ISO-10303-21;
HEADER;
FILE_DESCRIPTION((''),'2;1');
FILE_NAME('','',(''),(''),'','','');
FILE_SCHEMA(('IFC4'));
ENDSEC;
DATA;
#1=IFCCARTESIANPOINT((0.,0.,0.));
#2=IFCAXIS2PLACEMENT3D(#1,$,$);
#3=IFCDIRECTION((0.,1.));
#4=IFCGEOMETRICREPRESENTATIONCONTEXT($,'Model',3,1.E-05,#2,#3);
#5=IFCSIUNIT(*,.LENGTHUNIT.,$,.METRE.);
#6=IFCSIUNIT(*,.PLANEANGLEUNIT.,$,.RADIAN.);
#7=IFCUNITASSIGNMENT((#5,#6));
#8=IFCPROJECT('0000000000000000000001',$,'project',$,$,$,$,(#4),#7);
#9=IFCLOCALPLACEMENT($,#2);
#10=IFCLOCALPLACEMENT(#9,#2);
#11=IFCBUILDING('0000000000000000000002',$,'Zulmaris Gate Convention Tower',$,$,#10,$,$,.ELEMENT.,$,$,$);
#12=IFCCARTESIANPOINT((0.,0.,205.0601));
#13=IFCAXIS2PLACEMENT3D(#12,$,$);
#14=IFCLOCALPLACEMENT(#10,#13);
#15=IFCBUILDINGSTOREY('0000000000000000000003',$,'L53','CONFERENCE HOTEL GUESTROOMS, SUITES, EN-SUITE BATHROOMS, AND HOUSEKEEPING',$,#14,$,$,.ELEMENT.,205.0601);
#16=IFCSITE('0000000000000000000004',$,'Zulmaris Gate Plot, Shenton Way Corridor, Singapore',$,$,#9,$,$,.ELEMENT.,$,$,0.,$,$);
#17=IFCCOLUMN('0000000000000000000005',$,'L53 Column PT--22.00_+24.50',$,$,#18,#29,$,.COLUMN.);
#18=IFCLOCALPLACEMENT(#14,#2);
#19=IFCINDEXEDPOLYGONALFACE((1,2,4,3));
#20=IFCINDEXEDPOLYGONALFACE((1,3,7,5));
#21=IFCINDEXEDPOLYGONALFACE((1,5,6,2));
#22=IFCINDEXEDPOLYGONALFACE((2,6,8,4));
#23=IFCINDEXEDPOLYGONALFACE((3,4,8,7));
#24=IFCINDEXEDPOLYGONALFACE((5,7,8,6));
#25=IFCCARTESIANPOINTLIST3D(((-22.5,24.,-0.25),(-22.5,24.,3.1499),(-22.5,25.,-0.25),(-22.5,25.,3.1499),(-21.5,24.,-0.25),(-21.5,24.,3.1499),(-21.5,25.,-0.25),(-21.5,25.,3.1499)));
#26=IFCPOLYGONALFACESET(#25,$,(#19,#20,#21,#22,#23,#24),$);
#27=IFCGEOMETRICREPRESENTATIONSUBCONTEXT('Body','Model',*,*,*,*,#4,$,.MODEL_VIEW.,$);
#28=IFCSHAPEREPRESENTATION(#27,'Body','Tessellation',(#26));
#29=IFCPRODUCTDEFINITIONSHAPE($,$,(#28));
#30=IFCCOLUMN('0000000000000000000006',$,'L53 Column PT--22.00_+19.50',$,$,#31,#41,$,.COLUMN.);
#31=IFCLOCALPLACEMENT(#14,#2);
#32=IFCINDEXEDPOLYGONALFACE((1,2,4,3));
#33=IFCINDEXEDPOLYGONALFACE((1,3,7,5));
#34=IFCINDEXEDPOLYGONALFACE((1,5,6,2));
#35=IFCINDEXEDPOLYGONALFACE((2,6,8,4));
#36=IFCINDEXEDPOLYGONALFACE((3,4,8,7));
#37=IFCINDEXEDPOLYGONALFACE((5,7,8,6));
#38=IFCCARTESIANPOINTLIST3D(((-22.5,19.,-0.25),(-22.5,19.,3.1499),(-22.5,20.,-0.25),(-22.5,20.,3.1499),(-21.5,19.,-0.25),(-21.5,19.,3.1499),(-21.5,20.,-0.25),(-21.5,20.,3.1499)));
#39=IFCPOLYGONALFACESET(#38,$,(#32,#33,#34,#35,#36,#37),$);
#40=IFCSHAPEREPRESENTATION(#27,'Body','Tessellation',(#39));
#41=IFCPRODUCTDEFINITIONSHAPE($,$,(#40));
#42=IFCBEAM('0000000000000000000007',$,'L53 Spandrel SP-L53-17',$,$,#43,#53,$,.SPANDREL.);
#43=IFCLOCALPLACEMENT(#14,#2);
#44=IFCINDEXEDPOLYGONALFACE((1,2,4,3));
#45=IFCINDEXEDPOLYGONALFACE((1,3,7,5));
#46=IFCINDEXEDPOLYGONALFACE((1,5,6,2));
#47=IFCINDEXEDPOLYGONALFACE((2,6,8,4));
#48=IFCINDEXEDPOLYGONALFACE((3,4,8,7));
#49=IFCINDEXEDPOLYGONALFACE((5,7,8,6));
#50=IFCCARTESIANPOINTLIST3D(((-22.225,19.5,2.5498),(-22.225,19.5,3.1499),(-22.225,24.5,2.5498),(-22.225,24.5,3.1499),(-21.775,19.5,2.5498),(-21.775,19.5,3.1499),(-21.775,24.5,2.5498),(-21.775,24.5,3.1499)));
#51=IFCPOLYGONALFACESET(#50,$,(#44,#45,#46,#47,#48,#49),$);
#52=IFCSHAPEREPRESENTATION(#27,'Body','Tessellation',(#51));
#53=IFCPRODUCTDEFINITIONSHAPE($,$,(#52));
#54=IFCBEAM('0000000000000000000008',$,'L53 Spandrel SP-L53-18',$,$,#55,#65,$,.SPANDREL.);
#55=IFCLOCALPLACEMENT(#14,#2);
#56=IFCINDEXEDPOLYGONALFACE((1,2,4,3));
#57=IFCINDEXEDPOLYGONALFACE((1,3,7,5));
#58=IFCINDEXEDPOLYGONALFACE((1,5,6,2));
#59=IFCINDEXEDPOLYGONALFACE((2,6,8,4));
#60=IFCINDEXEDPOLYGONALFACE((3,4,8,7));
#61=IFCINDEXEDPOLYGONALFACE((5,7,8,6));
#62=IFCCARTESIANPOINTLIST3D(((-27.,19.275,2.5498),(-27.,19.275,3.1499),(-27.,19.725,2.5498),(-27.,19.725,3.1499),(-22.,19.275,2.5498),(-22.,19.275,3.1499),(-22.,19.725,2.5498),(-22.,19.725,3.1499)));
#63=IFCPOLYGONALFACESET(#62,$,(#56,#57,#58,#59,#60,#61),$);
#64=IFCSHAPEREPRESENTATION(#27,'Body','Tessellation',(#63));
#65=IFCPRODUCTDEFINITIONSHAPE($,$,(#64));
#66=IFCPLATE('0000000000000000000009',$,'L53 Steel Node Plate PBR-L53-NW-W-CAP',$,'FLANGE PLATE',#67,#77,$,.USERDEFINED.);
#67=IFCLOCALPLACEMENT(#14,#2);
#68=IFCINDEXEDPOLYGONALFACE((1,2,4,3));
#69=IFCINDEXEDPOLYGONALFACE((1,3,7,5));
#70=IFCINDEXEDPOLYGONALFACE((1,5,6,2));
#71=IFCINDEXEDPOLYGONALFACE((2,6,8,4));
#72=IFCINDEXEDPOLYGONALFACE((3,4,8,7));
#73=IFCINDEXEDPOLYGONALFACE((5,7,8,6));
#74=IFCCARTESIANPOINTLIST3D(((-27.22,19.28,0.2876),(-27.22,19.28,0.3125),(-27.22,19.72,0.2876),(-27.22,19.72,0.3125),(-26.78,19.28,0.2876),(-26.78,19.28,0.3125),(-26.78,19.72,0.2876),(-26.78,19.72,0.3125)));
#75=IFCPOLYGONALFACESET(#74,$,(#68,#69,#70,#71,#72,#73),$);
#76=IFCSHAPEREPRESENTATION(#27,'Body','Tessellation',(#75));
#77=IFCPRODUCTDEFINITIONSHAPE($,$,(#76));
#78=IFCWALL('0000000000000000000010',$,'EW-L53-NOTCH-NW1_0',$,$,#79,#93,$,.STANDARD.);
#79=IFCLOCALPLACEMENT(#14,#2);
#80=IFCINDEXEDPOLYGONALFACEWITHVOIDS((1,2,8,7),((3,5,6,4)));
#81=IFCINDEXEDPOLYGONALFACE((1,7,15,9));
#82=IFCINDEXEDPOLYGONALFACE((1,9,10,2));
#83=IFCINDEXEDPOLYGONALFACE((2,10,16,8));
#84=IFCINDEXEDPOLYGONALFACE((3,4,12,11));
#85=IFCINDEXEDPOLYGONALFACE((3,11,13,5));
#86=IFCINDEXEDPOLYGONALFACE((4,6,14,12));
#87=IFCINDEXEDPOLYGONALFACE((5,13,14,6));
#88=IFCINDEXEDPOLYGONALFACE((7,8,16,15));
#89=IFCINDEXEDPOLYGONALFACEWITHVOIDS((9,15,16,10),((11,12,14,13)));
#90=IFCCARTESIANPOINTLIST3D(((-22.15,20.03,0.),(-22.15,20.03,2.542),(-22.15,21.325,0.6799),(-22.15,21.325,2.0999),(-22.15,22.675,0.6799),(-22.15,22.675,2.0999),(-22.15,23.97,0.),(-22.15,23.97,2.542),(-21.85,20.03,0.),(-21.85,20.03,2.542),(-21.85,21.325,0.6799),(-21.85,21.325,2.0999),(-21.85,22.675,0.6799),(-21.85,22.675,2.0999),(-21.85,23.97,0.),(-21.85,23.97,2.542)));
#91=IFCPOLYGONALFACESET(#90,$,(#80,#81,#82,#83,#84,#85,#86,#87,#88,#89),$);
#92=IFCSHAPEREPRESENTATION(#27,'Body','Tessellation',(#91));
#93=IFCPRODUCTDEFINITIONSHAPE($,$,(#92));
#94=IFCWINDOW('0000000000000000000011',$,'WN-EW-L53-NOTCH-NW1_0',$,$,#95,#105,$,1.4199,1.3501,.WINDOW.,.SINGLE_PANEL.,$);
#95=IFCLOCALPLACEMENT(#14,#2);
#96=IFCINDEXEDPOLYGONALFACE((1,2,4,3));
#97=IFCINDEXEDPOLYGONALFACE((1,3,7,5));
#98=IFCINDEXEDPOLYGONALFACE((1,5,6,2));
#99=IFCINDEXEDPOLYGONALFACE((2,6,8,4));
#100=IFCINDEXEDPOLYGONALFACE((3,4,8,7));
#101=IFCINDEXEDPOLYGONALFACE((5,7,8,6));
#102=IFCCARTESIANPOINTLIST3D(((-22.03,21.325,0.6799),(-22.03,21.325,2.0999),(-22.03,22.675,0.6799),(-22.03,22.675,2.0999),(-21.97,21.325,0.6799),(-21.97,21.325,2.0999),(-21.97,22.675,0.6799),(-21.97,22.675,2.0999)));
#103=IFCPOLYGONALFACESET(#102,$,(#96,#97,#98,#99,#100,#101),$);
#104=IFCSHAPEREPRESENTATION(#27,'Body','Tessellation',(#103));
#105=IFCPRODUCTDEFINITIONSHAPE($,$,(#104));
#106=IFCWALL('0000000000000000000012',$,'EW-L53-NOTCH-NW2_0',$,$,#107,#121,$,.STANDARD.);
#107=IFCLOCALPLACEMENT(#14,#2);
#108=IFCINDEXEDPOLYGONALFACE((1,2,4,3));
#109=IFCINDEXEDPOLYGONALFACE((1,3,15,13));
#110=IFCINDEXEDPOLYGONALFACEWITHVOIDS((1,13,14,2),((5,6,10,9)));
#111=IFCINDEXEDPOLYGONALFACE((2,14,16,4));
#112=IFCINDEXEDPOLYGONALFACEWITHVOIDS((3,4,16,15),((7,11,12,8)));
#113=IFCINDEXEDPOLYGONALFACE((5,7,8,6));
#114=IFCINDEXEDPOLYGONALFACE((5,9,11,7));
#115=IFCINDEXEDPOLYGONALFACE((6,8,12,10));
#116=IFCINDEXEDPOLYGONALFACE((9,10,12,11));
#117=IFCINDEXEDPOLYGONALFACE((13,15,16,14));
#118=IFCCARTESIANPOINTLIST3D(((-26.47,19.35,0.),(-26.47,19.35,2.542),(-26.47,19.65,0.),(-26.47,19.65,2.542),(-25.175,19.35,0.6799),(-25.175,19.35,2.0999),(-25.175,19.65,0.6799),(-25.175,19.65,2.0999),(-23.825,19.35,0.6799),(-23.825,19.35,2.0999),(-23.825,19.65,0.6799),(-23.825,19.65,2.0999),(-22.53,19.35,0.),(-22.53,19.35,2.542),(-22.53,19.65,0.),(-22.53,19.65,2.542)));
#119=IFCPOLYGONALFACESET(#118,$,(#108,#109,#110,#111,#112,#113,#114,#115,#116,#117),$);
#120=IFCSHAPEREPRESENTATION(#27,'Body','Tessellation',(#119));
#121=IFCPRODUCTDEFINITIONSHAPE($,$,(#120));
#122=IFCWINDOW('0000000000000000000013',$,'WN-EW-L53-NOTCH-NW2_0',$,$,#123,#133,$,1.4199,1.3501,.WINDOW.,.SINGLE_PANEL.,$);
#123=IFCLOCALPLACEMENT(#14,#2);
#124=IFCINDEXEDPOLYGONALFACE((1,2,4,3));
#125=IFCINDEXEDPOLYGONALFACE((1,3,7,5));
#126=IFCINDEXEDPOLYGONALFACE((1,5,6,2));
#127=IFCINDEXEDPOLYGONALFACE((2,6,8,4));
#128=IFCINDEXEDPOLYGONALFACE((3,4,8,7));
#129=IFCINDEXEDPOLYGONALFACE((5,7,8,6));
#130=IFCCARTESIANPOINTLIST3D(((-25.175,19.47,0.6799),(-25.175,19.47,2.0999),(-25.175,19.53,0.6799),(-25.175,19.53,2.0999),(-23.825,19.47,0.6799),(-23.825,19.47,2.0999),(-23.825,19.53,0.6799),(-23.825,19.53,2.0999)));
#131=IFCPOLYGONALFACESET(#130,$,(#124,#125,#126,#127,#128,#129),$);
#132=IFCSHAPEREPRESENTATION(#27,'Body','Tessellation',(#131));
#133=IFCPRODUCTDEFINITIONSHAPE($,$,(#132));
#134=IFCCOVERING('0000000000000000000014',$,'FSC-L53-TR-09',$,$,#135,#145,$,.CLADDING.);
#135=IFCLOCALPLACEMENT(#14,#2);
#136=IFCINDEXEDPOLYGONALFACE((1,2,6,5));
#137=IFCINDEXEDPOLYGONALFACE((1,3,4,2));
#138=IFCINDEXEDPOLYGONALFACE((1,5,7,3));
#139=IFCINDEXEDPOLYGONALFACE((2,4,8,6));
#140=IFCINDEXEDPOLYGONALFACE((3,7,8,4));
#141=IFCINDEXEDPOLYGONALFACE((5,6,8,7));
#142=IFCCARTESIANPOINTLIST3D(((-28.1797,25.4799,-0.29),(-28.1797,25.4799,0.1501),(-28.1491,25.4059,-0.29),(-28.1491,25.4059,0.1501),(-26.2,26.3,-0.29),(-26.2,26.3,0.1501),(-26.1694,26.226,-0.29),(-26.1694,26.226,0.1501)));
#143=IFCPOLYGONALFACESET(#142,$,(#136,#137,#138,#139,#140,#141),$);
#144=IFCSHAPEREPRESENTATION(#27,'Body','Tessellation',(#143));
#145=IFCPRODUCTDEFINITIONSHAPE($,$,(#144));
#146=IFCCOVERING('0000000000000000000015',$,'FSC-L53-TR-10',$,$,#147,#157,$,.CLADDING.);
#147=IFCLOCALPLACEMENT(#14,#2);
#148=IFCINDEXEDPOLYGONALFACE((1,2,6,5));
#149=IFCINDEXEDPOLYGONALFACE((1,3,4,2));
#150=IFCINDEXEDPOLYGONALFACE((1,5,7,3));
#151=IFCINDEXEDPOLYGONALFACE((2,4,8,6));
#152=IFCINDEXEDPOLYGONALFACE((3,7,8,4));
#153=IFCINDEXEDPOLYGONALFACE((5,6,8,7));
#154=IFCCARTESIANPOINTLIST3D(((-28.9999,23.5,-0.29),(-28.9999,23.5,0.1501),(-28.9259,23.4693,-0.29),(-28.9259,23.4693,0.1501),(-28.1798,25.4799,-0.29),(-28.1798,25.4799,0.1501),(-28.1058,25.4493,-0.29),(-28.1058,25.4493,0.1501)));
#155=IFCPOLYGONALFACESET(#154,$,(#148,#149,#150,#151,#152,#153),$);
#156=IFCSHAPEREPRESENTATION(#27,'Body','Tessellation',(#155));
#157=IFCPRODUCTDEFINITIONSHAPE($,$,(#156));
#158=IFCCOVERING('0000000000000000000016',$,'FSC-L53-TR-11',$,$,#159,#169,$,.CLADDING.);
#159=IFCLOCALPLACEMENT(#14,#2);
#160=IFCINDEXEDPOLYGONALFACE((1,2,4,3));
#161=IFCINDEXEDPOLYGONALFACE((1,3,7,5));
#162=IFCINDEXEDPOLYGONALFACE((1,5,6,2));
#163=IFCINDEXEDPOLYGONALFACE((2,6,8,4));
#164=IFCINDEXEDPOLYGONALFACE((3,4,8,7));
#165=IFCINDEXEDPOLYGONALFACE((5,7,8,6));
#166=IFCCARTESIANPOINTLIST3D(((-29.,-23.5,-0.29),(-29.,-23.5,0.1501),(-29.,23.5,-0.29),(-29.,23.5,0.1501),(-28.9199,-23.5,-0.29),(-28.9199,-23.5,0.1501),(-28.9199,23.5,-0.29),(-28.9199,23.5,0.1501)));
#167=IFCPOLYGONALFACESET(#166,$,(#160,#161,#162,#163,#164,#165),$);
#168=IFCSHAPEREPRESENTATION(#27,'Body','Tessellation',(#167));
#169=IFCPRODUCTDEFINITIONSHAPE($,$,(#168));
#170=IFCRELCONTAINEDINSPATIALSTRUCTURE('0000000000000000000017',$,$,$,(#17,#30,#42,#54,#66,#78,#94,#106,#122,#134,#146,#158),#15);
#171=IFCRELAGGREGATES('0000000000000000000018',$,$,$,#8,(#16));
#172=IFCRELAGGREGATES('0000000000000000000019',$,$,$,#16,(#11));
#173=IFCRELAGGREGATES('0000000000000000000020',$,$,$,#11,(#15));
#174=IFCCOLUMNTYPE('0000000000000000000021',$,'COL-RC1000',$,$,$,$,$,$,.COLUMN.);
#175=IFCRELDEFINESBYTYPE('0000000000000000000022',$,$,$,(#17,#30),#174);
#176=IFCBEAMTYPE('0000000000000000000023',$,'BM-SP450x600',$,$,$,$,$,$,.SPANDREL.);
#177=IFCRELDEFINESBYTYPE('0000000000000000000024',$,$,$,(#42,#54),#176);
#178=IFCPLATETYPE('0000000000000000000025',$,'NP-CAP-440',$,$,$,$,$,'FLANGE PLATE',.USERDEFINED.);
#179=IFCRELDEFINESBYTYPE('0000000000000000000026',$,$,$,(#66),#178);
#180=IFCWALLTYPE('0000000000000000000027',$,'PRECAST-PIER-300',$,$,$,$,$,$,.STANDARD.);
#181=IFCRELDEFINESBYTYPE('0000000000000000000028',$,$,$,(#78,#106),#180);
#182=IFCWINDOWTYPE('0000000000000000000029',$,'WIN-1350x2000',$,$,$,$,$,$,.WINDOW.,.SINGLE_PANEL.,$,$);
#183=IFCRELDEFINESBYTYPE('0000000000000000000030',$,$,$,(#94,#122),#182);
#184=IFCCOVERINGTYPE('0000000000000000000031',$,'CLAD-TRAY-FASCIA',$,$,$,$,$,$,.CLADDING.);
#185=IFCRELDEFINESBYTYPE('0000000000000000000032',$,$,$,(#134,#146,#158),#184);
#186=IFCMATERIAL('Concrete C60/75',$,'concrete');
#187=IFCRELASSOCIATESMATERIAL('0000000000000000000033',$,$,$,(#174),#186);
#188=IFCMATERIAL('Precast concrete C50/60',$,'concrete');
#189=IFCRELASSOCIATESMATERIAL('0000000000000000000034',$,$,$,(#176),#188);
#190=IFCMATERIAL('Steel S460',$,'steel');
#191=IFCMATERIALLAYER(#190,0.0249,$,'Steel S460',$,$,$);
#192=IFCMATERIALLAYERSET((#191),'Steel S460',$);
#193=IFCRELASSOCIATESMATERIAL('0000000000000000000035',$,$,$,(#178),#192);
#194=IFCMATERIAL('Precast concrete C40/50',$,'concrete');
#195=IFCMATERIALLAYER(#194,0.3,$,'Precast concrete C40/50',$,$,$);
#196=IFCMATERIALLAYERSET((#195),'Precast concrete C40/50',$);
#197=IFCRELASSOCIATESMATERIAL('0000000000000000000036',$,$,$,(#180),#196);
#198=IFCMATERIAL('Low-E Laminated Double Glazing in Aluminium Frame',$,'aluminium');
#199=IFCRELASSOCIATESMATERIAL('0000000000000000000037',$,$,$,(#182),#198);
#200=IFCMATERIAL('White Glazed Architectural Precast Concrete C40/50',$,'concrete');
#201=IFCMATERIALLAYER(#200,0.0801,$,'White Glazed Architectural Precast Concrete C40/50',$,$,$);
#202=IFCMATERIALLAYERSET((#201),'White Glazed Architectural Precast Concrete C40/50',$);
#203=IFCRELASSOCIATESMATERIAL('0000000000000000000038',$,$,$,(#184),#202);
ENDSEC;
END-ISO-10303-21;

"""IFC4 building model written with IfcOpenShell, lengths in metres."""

from ifc_helpers import new_model, si_unit, direction, frame, frame_2d, origin, origin_2d, place, context, subcontext, project, spatial, rectangle, extrude, material, layer, layer_set, material_profile, profile_set, type_object, element, fill, save


model = new_model("IFC4")

# Units and contexts
model_context = context("Model", 3, precision=1e-05, world=origin(), true_north=direction((0.0, 1.0)))
body_context = subcontext(model_context, "Body", "Model", "MODEL_VIEW")
ifc_project = project(units=[si_unit("LENGTHUNIT", "METRE"), si_unit("PLANEANGLEUNIT", "RADIAN")], contexts=[model_context])

# Site, building, storey
site_placement = place(None, origin())
site = spatial("IfcSite", under=ifc_project, at=site_placement, Name="Zulmaris Gate Plot, Shenton Way Corridor, Singapore", CompositionType="ELEMENT", RefElevation=0.0)
building_placement = place(site_placement, origin())
building = spatial("IfcBuilding", under=site, at=building_placement, Name="Zulmaris Gate Convention Tower", CompositionType="ELEMENT")
storey_placement = place(building_placement, frame((0.0, 0.0, 205.0601)))
storey = spatial("IfcBuildingStorey", under=building, at=storey_placement, Name="L53", Description="CONFERENCE HOTEL GUESTROOMS, SUITES, EN-SUITE BATHROOMS, AND HOUSEKEEPING", CompositionType="ELEMENT", Elevation=205.0601)

# Columns
ifc_material_1 = material(Name="Concrete C60/75", Category="concrete")
ifc_material_profile_1 = material_profile(ifc_material_1, rectangle(XDim=1.0, YDim=1.0, at=origin_2d()), Name="RC COL 1000x1000")
ifc_profile_set_1 = profile_set([ifc_material_profile_1], Name="Concrete C60/75")
column_type = type_object("IfcColumnType", Name="COL-RC1000", PredefinedType="COLUMN", material=ifc_profile_set_1)
for number, where, z_axis, x_axis, name in (
    (1, (-22.0, 24.5, -0.25), (0.0, 0.0, 1.0), (1.0, 0.0, 0.0), "L53 Column PT--22.00_+24.50"),
    (2, (-22.0, 19.5, -0.25), (0.0, 0.0, 1.0), (1.0, 0.0, 0.0), "L53 Column PT--22.00_+19.50"),
):
    element("IfcColumn", number, at=place(storey_placement, frame(where, z_axis=z_axis, x_axis=x_axis)), inside=storey, type_object=column_type, Name=name, PredefinedType="COLUMN", context=body_context, shape_type="SweptSolid", body=[
        extrude(rectangle(XDim=1.0, YDim=1.0, at=origin_2d()), origin(), (0.0, 0.0, 1.0), 3.3999),
    ])

# Beams
ifc_material_2 = material(Name="Precast concrete C50/60", Category="concrete")
ifc_material_profile_2 = material_profile(ifc_material_2, rectangle(XDim=0.45, YDim=0.6001, at=origin_2d()), Name="RC SPANDREL 450x600")
ifc_profile_set_2 = profile_set([ifc_material_profile_2], Name="Precast concrete C50/60")
beam_type = type_object("IfcBeamType", Name="BM-SP450x600", PredefinedType="SPANDREL", material=ifc_profile_set_2)
for number, where, z_axis, x_axis, name in (
    (3, (-22.0, 24.5, 2.8499), (0.0, -1.0, 0.0), (1.0, 0.0, 0.0), "L53 Spandrel SP-L53-17"),
    (4, (-22.0, 19.5, 2.8499), (-1.0, 0.0, 0.0), (0.0, -1.0, 0.0), "L53 Spandrel SP-L53-18"),
):
    element("IfcBeam", number, at=place(storey_placement, frame(where, z_axis=z_axis, x_axis=x_axis)), inside=storey, type_object=beam_type, Name=name, PredefinedType="SPANDREL", context=body_context, shape_type="SweptSolid", body=[
        extrude(rectangle(XDim=0.45, YDim=0.6001, at=origin_2d()), origin(), (0.0, 0.0, 1.0), 5.0),
    ])

# Plate
ifc_material_3 = material(Name="Steel S460", Category="steel")
ifc_layer_1 = layer(ifc_material_3, 0.0249, Name="Steel S460")
ifc_layer_set_1 = layer_set([ifc_layer_1], Name="Steel S460")
plate_type = type_object("IfcPlateType", Name="NP-CAP-440", ElementType="FLANGE PLATE", PredefinedType="USERDEFINED", material=ifc_layer_set_1)
plate_placement = place(storey_placement, frame((-27.0, 19.5, 0.2876), z_axis=(0.0, 0.0, 1.0), x_axis=(1.0, 0.0, 0.0)))
element("IfcPlate", 5, at=plate_placement, inside=storey, type_object=plate_type, Name="L53 Steel Node Plate PBR-L53-NW-W-CAP", ObjectType="FLANGE PLATE", PredefinedType="USERDEFINED", context=body_context, shape_type="SweptSolid", body=[
    extrude(rectangle(XDim=0.4399, YDim=0.4399, at=origin_2d()), origin(), (0.0, 0.0, 1.0), 0.0249),
])

# Walls, openings, windows
ifc_material_4 = material(Name="Precast concrete C40/50", Category="concrete")
ifc_layer_2 = layer(ifc_material_4, 0.3, Name="Precast concrete C40/50")
ifc_layer_set_2 = layer_set([ifc_layer_2], Name="Precast concrete C40/50")
wall_type = type_object("IfcWallType", Name="PRECAST-PIER-300", PredefinedType="STANDARD", material=ifc_layer_set_2)
wall_1_placement = place(storey_placement, frame((-22.0, 23.97, 0.0), z_axis=(0.0, 0.0, 1.0), x_axis=(0.0, -1.0, 0.0)))
wall_1 = element("IfcWall", 6, at=wall_1_placement, inside=storey, type_object=wall_type, Name="EW-L53-NOTCH-NW1_0", PredefinedType="STANDARD", context=body_context, shape_type="SweptSolid", body=[
    extrude(rectangle(XDim=3.9399, YDim=0.3, at=frame_2d((1.97, 0.0))), origin(), (0.0, 0.0, 1.0), 2.542),
])
opening_1_placement = place(wall_1_placement, frame((1.2949, 0.0, 0.6799)))
opening_1 = element("IfcOpeningElement", 7, at=opening_1_placement, cuts=wall_1, PredefinedType="OPENING", context=body_context, shape_type="SweptSolid", body=[
    extrude(rectangle(XDim=1.3501, YDim=1.4199, at=frame_2d((0.675, 0.71))), frame((0.0, 0.1602, 0.0), z_axis=(0.0, -1.0, 0.0), x_axis=(1.0, 0.0, 0.0)), (0.0, 0.0, 1.0), 0.3201),
])
ifc_material_5 = material(Name="Low-E Laminated Double Glazing in Aluminium Frame", Category="aluminium")
window_type = type_object("IfcWindowType", Name="WIN-1350x2000", PartitioningType="SINGLE_PANEL", PredefinedType="WINDOW", material=ifc_material_5)
window_1_placement = place(opening_1_placement, origin())
window_1 = element("IfcWindow", 8, at=window_1_placement, inside=storey, type_object=window_type, Name="WN-EW-L53-NOTCH-NW1_0", OverallHeight=1.4199, OverallWidth=1.3501, PartitioningType="SINGLE_PANEL", PredefinedType="WINDOW", context=body_context, shape_type="SweptSolid", body=[
    extrude(rectangle(XDim=1.3501, YDim=1.4199, at=frame_2d((0.675, 0.71))), frame((0.0, 0.03, 0.0), z_axis=(0.0, -1.0, 0.0), x_axis=(1.0, 0.0, 0.0)), (0.0, 0.0, 1.0), 0.0601),
])
fill(opening_1, window_1)
wall_2_placement = place(storey_placement, frame((-22.53, 19.5, 0.0), z_axis=(0.0, 0.0, 1.0), x_axis=(-1.0, 0.0, 0.0)))
wall_2 = element("IfcWall", 9, at=wall_2_placement, inside=storey, type_object=wall_type, Name="EW-L53-NOTCH-NW2_0", PredefinedType="STANDARD", context=body_context, shape_type="SweptSolid", body=[
    extrude(rectangle(XDim=3.9399, YDim=0.3, at=frame_2d((1.97, 0.0))), origin(), (0.0, 0.0, 1.0), 2.542),
])
opening_2_placement = place(wall_2_placement, frame((1.2949, 0.0, 0.6799)))
opening_2 = element("IfcOpeningElement", 10, at=opening_2_placement, cuts=wall_2, PredefinedType="OPENING", context=body_context, shape_type="SweptSolid", body=[
    extrude(rectangle(XDim=1.3501, YDim=1.4199, at=frame_2d((0.675, 0.71))), frame((0.0, 0.1602, 0.0), z_axis=(0.0, -1.0, 0.0), x_axis=(1.0, 0.0, 0.0)), (0.0, 0.0, 1.0), 0.3201),
])
window_2_placement = place(opening_2_placement, origin())
window_2 = element("IfcWindow", 11, at=window_2_placement, inside=storey, type_object=window_type, Name="WN-EW-L53-NOTCH-NW2_0", OverallHeight=1.4199, OverallWidth=1.3501, PartitioningType="SINGLE_PANEL", PredefinedType="WINDOW", context=body_context, shape_type="SweptSolid", body=[
    extrude(rectangle(XDim=1.3501, YDim=1.4199, at=frame_2d((0.675, 0.71))), frame((0.0, 0.03, 0.0), z_axis=(0.0, -1.0, 0.0), x_axis=(1.0, 0.0, 0.0)), (0.0, 0.0, 1.0), 0.0601),
])
fill(opening_2, window_2)

# Coverings
ifc_material_6 = material(Name="White Glazed Architectural Precast Concrete C40/50", Category="concrete")
ifc_layer_3 = layer(ifc_material_6, 0.0801, Name="White Glazed Architectural Precast Concrete C40/50")
ifc_layer_set_3 = layer_set([ifc_layer_3], Name="White Glazed Architectural Precast Concrete C40/50")
covering_type = type_object("IfcCoveringType", Name="CLAD-TRAY-FASCIA", PredefinedType="CLADDING", material=ifc_layer_set_3)
covering_1_placement = place(storey_placement, frame((-26.1848, 26.2629, -0.29), z_axis=(0.0, 0.0, 1.0), x_axis=(-0.923874, -0.382697, 0.0)))
element("IfcCovering", 12, at=covering_1_placement, inside=storey, type_object=covering_type, Name="FSC-L53-TR-09", PredefinedType="CLADDING", context=body_context, shape_type="SweptSolid", body=[
    extrude(rectangle(XDim=2.1428, YDim=0.0801, at=frame_2d((1.0713, 0.0))), origin(), (0.0, 0.0, 1.0), 0.4402),
])
covering_2_placement = place(storey_placement, frame((-28.1428, 25.4646, -0.29), z_axis=(0.0, 0.0, 1.0), x_axis=(-0.382657, -0.92389, 0.0)))
element("IfcCovering", 13, at=covering_2_placement, inside=storey, type_object=covering_type, Name="FSC-L53-TR-10", PredefinedType="CLADDING", context=body_context, shape_type="SweptSolid", body=[
    extrude(rectangle(XDim=2.1431, YDim=0.0801, at=frame_2d((1.0715, 0.0))), origin(), (0.0, 0.0, 1.0), 0.4402),
])
covering_3_placement = place(storey_placement, frame((-28.96, 23.5, -0.29), z_axis=(0.0, 0.0, 1.0), x_axis=(0.0, -1.0, 0.0)))
element("IfcCovering", 14, at=covering_3_placement, inside=storey, type_object=covering_type, Name="FSC-L53-TR-11", PredefinedType="CLADDING", context=body_context, shape_type="SweptSolid", body=[
    extrude(rectangle(XDim=47.0, YDim=0.0801, at=frame_2d((23.5, 0.0))), origin(), (0.0, 0.0, 1.0), 0.4402),
])

save(model, "model.ifc")
